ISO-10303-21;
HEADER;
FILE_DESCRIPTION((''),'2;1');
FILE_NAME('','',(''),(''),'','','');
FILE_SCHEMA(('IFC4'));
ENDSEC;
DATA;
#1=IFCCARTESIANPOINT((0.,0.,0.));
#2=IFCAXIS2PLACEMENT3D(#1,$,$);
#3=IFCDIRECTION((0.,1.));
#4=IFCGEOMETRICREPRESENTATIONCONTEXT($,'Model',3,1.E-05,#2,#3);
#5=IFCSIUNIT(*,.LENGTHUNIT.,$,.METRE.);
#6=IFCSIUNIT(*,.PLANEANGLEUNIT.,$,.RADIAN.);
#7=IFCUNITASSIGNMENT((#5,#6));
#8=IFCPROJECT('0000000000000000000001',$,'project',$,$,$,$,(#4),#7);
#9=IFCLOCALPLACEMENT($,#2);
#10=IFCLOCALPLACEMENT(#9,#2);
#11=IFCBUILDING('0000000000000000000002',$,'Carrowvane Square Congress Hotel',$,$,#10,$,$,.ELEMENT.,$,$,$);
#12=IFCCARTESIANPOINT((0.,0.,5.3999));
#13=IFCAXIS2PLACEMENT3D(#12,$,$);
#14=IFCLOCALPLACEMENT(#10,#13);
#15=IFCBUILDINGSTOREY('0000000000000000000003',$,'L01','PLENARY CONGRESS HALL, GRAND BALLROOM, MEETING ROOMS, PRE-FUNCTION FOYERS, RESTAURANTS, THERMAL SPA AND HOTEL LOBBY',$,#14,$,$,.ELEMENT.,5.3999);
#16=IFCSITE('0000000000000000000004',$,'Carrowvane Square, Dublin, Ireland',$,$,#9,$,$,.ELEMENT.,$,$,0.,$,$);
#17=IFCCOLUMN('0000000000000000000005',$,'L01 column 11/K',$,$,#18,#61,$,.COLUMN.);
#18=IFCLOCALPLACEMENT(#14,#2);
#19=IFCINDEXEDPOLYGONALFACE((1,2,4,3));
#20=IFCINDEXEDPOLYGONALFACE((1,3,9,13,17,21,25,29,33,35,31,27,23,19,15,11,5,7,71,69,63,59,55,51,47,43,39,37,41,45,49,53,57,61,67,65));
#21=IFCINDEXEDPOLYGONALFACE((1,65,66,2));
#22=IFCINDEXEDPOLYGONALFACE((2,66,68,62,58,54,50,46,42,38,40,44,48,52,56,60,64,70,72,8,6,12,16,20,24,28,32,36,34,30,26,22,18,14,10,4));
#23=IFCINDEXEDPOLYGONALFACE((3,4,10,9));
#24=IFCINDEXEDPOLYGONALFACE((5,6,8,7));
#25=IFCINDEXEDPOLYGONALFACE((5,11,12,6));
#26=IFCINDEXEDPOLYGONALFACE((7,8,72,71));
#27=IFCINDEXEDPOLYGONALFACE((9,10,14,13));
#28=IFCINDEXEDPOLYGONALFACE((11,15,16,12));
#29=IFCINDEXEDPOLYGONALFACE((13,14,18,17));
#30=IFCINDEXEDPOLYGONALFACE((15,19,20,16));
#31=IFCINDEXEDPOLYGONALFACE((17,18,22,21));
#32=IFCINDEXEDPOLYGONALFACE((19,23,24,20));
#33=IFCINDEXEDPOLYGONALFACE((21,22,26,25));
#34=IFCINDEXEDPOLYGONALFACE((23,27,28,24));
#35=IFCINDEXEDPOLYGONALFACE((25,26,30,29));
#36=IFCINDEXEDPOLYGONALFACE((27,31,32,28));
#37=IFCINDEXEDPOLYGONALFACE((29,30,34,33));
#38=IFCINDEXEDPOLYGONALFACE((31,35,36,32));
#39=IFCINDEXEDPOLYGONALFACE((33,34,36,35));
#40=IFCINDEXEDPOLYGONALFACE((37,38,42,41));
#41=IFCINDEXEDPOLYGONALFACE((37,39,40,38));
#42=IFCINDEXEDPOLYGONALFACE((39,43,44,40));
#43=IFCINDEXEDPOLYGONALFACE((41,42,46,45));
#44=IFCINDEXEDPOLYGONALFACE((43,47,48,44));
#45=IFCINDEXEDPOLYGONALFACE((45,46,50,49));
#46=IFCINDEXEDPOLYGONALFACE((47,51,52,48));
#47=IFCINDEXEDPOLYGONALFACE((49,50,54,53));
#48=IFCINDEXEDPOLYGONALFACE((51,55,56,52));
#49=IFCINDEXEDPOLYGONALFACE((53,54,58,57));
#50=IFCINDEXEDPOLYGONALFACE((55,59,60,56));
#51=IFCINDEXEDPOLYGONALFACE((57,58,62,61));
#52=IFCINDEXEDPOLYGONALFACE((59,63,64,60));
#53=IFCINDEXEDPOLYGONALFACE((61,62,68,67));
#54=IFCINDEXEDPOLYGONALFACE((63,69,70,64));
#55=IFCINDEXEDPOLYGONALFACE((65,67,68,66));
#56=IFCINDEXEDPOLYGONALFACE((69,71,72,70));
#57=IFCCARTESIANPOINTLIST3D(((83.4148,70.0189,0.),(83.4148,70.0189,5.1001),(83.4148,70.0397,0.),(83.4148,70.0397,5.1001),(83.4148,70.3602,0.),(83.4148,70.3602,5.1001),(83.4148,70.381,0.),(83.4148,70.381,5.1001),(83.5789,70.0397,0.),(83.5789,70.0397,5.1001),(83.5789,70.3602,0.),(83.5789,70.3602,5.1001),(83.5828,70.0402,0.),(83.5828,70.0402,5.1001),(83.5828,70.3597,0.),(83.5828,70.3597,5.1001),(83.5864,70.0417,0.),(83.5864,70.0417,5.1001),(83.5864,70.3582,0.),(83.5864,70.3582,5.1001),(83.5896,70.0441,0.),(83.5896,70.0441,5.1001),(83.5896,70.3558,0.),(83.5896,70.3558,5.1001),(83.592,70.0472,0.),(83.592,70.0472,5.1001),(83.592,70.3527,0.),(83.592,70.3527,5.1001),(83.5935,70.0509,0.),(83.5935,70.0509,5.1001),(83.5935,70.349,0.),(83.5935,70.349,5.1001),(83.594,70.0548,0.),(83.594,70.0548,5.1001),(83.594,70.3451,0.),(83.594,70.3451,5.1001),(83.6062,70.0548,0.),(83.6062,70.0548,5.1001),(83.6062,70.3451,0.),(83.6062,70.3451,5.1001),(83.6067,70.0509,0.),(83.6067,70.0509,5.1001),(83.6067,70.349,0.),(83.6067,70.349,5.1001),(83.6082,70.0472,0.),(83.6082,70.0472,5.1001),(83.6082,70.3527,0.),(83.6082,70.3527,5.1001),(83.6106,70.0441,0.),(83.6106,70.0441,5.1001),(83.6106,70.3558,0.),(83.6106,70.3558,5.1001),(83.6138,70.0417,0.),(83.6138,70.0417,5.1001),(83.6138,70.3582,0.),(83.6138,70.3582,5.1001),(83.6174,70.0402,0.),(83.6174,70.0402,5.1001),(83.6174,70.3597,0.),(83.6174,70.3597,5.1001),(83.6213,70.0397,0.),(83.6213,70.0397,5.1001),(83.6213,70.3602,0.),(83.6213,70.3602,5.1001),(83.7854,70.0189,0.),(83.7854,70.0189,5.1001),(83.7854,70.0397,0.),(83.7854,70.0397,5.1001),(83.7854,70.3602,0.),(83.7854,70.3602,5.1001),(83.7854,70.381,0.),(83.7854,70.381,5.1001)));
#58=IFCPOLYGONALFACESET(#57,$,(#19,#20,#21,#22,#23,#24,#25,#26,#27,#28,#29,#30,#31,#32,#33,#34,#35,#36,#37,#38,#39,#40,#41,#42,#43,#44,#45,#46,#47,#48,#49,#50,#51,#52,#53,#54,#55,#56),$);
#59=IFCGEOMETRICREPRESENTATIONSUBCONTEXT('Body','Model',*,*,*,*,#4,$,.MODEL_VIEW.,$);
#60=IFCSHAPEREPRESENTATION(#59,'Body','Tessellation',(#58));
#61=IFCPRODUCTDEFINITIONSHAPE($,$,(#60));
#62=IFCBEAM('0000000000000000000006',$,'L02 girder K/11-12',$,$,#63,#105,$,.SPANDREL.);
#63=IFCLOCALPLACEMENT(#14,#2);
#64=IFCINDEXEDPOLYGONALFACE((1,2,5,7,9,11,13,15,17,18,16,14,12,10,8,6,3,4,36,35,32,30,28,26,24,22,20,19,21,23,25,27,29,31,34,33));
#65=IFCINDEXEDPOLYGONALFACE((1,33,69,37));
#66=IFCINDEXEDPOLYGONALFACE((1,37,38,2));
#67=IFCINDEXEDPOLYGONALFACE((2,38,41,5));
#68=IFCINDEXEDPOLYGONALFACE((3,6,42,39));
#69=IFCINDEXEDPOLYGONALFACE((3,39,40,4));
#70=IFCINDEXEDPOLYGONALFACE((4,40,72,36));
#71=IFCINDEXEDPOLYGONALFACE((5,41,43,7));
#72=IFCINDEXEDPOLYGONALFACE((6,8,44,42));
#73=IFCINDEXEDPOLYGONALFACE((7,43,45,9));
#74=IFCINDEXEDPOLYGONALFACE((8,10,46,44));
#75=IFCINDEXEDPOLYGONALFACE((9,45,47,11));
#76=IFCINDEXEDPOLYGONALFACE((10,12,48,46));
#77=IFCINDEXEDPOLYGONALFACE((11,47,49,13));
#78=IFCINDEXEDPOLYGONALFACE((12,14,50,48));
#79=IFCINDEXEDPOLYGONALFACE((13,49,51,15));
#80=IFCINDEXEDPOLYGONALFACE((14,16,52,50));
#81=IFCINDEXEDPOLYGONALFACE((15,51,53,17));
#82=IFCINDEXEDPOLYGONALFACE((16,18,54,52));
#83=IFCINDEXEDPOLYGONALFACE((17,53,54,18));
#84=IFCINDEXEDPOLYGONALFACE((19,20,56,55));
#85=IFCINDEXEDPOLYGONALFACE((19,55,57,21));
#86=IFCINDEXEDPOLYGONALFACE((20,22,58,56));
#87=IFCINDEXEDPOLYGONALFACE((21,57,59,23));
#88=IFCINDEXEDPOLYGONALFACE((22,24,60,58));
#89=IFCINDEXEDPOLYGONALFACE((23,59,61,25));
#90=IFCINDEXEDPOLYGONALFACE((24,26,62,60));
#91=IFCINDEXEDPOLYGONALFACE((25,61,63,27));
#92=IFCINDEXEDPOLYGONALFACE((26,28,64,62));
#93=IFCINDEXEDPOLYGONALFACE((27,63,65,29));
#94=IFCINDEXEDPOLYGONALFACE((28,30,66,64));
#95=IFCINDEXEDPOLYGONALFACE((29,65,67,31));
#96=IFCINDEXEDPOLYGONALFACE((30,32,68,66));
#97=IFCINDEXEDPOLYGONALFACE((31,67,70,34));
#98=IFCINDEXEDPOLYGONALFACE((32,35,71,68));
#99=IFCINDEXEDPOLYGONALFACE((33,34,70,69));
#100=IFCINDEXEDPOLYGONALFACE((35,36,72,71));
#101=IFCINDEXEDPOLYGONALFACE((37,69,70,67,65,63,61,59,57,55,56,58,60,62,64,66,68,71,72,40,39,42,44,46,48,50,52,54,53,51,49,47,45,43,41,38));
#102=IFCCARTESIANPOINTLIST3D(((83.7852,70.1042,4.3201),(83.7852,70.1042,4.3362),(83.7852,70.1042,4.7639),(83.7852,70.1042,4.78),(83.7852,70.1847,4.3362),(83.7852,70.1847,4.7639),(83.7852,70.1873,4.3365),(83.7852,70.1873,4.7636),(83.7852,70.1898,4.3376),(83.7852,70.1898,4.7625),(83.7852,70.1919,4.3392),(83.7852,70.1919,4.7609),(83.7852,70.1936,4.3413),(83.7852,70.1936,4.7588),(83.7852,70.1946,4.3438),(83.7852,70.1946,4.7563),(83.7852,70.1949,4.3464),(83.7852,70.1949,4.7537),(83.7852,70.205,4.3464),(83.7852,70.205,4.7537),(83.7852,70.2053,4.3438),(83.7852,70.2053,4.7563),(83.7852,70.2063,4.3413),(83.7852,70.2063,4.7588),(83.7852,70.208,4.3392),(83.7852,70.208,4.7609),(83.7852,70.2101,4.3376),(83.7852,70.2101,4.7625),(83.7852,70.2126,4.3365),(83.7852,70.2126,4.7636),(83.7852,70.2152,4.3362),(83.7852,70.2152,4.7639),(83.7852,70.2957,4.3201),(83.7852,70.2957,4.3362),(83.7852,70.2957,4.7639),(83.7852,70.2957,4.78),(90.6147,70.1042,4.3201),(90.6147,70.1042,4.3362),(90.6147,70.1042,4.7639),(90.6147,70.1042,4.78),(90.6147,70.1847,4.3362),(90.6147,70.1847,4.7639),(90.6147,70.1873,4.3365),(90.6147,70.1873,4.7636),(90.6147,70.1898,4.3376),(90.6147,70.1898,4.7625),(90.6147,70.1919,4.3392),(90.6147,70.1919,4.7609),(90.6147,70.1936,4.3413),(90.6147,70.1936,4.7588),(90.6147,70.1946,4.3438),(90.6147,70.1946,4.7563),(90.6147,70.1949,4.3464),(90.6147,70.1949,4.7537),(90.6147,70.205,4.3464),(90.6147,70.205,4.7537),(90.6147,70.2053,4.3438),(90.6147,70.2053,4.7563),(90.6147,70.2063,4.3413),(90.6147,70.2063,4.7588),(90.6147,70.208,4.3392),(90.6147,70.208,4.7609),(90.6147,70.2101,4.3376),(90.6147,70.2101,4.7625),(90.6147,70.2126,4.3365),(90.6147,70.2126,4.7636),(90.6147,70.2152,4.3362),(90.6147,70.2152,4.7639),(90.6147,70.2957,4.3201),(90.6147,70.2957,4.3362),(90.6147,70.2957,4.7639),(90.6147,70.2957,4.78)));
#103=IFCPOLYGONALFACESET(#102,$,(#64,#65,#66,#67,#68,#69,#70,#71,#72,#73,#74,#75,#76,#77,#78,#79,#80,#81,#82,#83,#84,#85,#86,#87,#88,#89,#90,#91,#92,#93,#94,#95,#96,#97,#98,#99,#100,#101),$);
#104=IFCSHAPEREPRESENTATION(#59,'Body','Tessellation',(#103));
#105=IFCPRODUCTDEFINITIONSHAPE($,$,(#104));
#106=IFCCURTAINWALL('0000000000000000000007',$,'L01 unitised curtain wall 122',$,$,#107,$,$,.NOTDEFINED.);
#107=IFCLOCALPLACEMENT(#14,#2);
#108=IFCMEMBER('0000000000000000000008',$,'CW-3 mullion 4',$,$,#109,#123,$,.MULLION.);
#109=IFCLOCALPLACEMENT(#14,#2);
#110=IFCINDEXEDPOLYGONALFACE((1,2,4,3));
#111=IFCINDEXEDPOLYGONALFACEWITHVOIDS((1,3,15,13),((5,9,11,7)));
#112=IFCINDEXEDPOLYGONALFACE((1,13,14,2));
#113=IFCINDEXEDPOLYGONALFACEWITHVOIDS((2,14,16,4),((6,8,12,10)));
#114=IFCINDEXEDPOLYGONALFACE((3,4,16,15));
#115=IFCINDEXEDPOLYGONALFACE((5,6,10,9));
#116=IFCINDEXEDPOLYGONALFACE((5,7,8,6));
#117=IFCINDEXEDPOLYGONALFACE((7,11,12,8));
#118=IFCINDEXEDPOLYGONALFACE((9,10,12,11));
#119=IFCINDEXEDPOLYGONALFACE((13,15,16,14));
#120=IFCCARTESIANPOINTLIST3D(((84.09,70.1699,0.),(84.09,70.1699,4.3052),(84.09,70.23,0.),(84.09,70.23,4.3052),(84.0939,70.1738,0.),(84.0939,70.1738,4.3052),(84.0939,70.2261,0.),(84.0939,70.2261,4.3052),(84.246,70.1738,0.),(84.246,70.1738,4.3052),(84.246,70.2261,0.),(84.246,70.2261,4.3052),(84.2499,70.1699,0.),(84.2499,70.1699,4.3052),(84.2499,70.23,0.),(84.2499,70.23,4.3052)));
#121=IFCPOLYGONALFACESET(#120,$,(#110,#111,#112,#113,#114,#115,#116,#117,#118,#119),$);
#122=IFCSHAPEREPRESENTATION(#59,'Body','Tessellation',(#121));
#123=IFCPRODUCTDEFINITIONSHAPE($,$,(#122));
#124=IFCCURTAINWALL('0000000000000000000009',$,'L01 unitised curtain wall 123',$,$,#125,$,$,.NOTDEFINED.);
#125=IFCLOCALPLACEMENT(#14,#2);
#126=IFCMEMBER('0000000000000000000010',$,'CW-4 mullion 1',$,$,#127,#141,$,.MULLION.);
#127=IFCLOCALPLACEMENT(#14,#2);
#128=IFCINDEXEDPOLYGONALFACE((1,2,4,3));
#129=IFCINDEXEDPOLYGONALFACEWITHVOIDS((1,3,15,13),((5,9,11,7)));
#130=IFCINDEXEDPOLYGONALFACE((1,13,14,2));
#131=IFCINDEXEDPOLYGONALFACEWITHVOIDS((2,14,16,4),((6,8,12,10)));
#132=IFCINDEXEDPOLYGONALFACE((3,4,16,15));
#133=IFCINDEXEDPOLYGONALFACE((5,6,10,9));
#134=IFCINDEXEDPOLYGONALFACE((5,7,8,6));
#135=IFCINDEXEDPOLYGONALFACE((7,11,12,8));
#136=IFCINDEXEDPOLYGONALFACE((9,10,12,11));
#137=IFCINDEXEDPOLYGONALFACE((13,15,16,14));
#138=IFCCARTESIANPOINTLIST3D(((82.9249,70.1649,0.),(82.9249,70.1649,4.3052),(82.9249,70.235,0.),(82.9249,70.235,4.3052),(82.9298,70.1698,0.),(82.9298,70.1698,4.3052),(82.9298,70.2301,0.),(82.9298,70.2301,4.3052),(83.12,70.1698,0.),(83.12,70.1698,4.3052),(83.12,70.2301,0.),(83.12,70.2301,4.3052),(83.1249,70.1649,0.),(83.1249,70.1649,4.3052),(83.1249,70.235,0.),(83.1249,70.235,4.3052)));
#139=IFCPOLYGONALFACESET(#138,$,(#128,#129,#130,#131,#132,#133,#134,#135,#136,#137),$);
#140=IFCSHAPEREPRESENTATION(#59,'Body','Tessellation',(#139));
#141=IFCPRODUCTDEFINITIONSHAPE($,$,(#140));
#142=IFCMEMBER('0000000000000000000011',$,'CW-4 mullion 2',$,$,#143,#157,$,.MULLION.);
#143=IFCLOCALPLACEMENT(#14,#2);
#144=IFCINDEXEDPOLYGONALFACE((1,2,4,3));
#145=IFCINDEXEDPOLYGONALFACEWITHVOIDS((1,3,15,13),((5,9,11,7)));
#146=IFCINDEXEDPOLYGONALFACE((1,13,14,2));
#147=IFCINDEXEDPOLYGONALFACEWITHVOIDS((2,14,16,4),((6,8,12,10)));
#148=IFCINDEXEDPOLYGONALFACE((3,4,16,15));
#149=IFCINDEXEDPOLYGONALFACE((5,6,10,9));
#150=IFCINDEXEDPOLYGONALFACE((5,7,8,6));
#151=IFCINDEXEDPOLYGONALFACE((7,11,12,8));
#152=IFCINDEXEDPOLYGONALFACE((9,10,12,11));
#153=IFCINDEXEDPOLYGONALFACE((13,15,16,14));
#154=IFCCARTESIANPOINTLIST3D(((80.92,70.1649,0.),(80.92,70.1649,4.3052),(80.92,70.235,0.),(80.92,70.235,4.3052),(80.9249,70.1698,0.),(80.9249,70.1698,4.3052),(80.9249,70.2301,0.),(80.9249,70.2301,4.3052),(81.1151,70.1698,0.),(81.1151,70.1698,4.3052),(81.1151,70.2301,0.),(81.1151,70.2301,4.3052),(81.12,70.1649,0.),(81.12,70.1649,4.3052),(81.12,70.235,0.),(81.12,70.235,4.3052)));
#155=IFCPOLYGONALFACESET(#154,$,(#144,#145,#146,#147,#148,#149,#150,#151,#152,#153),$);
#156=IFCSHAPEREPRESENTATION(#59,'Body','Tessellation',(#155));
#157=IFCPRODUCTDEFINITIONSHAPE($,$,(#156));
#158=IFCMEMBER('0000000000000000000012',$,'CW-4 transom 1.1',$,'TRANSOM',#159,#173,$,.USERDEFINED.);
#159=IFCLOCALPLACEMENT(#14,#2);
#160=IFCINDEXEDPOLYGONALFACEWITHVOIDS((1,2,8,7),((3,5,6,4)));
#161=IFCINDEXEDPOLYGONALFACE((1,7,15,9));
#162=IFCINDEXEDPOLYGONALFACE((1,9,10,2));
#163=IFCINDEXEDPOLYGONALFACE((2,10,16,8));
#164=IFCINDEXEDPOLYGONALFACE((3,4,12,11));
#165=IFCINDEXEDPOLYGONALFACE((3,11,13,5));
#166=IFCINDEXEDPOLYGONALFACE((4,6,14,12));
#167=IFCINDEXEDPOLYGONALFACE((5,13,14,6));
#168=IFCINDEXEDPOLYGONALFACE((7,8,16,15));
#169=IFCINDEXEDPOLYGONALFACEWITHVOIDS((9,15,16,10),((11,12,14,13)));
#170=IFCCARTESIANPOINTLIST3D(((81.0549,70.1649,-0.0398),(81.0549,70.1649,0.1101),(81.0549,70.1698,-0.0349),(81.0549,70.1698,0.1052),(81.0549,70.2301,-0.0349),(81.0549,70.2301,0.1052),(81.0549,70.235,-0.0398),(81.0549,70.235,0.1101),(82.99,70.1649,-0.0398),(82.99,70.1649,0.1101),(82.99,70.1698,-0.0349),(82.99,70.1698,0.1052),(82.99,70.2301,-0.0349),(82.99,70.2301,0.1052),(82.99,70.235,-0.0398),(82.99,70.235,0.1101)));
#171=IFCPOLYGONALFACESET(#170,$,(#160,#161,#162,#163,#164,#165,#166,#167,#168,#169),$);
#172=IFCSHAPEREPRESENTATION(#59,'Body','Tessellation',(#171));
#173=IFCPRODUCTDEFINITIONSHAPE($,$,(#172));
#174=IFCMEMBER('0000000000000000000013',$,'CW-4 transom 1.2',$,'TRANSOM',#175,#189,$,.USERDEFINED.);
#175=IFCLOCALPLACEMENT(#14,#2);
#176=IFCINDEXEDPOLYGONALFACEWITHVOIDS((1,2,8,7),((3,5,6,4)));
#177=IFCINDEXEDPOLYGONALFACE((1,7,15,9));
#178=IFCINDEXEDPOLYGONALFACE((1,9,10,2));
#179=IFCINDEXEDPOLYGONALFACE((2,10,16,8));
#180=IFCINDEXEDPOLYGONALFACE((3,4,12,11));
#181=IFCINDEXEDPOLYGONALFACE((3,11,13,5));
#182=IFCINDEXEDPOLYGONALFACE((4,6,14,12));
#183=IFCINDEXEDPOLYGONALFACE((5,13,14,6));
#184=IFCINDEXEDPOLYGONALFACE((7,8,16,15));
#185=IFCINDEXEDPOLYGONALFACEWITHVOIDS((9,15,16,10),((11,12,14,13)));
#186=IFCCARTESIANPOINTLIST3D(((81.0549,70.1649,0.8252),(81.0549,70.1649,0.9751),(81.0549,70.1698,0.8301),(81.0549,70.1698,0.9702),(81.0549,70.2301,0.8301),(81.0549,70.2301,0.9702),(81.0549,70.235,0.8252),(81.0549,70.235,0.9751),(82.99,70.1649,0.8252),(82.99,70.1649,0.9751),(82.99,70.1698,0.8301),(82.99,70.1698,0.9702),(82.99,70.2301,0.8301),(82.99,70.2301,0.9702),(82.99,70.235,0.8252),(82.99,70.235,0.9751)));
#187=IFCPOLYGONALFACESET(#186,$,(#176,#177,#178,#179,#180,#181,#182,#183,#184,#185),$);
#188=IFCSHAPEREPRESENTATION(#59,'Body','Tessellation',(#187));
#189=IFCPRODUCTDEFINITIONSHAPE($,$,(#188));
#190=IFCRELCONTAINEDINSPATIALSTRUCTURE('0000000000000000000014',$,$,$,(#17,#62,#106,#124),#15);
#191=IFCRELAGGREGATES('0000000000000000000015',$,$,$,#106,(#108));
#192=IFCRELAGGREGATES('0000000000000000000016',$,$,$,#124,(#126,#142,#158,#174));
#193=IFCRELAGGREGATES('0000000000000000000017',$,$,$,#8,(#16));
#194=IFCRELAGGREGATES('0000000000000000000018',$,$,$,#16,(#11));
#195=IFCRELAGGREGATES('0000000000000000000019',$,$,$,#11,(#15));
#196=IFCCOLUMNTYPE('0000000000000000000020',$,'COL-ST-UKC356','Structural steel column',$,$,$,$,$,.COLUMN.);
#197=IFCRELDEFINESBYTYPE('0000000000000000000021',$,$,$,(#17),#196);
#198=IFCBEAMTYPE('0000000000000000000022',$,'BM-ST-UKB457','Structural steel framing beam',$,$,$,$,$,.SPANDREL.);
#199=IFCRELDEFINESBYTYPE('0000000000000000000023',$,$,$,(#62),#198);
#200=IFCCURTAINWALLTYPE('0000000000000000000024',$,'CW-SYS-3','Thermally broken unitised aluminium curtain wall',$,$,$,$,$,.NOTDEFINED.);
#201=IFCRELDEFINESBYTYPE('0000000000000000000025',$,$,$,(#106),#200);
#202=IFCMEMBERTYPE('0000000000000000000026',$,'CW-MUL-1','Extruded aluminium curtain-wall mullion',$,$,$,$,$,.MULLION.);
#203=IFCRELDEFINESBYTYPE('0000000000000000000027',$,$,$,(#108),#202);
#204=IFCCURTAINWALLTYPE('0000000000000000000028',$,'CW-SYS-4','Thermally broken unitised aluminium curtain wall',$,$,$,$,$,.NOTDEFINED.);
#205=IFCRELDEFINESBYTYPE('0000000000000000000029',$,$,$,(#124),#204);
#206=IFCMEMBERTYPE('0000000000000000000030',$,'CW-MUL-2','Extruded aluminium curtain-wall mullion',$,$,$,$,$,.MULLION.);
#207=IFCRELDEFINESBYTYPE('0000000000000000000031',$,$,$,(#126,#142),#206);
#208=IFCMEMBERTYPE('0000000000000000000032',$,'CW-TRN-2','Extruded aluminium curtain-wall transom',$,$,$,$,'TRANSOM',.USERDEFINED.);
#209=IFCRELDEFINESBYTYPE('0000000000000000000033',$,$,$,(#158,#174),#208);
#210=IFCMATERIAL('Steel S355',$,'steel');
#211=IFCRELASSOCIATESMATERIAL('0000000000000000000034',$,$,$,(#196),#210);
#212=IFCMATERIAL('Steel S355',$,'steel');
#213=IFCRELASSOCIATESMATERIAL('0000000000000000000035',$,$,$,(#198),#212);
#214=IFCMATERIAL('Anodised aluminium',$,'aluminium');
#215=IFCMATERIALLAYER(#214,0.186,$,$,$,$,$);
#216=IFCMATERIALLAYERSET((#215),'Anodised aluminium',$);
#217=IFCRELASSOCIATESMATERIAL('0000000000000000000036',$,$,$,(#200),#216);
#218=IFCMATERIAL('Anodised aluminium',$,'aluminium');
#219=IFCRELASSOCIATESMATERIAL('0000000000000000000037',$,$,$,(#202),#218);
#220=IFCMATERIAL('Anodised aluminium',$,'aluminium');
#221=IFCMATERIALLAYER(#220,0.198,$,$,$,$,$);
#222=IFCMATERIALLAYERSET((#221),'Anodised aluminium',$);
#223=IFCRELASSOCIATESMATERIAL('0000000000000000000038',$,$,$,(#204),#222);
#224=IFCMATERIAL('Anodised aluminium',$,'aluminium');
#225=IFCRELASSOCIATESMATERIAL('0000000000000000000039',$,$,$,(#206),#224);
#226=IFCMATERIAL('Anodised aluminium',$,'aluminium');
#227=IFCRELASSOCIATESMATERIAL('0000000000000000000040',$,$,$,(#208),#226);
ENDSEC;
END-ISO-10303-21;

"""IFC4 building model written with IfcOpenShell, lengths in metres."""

from ifc_helpers import new_model, si_unit, direction, frame, origin, origin_2d, place, context, subcontext, project, spatial, hollow_rectangle, i_section, extrude, material, layer, layer_set, material_profile, profile_set, type_object, element, aggregate, save


model = new_model("IFC4")

# Units and contexts
model_context = context("Model", 3, precision=1e-05, world=origin(), true_north=direction((0.0, 1.0)))
body_context = subcontext(model_context, "Body", "Model", "MODEL_VIEW")
ifc_project = project(units=[si_unit("LENGTHUNIT", "METRE"), si_unit("PLANEANGLEUNIT", "RADIAN")], contexts=[model_context])

# Site, building, storey
site_placement = place(None, origin())
site = spatial("IfcSite", under=ifc_project, at=site_placement, Name="Carrowvane Square, Dublin, Ireland", CompositionType="ELEMENT", RefElevation=0.0)
building_placement = place(site_placement, origin())
building = spatial("IfcBuilding", under=site, at=building_placement, Name="Carrowvane Square Congress Hotel", CompositionType="ELEMENT")
storey_placement = place(building_placement, frame((0.0, 0.0, 5.3999)))
storey = spatial("IfcBuildingStorey", under=building, at=storey_placement, Name="L01", Description="PLENARY CONGRESS HALL, GRAND BALLROOM, MEETING ROOMS, PRE-FUNCTION FOYERS, RESTAURANTS, THERMAL SPA AND HOTEL LOBBY", CompositionType="ELEMENT", Elevation=5.3999)

# Column
ifc_material_1 = material(Name="Steel S355", Category="steel")
ifc_material_profile_1 = material_profile(ifc_material_1, i_section(OverallWidth=0.3706, OverallDepth=0.3621, WebThickness=0.0122, FlangeThickness=0.0208, FilletRadius=0.0151, at=origin_2d()), Name="UKC 356x368x153")
ifc_profile_set_1 = profile_set([ifc_material_profile_1], Name="Steel S355")
column_type = type_object("IfcColumnType", Name="COL-ST-UKC356", Description="Structural steel column", PredefinedType="COLUMN", material=ifc_profile_set_1)
column_placement = place(storey_placement, frame((83.6001, 70.2, 0.0), z_axis=(0.0, 0.0, 1.0), x_axis=(1.0, 0.0, 0.0)))
element("IfcColumn", 1, at=column_placement, inside=storey, type_object=column_type, Name="L01 column 11/K", PredefinedType="COLUMN", context=body_context, shape_type="SweptSolid", body=[
    extrude(i_section(OverallWidth=0.3706, OverallDepth=0.3621, WebThickness=0.0122, FlangeThickness=0.0208, FilletRadius=0.0151, at=origin_2d()), origin(), (0.0, 0.0, 1.0), 5.1001),
])

# Beam
ifc_material_2 = material(Name="Steel S355", Category="steel")
ifc_material_profile_2 = material_profile(ifc_material_2, i_section(OverallWidth=0.1914, OverallDepth=0.46, WebThickness=0.01, FlangeThickness=0.0161, FilletRadius=0.0103, at=origin_2d()), Name="UKB 457x191x82")
ifc_profile_set_2 = profile_set([ifc_material_profile_2], Name="Steel S355")
beam_type = type_object("IfcBeamType", Name="BM-ST-UKB457", Description="Structural steel framing beam", PredefinedType="SPANDREL", material=ifc_profile_set_2)
beam_placement = place(storey_placement, frame((83.7852, 70.2, 4.55), z_axis=(1.0, 0.0, 0.0), x_axis=(0.0, 1.0, 0.0)))
element("IfcBeam", 2, at=beam_placement, inside=storey, type_object=beam_type, Name="L02 girder K/11-12", PredefinedType="SPANDREL", context=body_context, shape_type="SweptSolid", body=[
    extrude(i_section(OverallWidth=0.1914, OverallDepth=0.46, WebThickness=0.01, FlangeThickness=0.0161, FilletRadius=0.0103, at=origin_2d()), origin(), (0.0, 0.0, 1.0), 6.8296),
])

# Curtain wall, member
ifc_material_3 = material(Name="Anodised aluminium", Category="aluminium")
ifc_layer_1 = layer(ifc_material_3, 0.186)
ifc_layer_set_1 = layer_set([ifc_layer_1], Name="Anodised aluminium")
curtain_wall_type_1 = type_object("IfcCurtainWallType", Name="CW-SYS-3", Description="Thermally broken unitised aluminium curtain wall", PredefinedType="NOTDEFINED", material=ifc_layer_set_1)
curtain_wall_1_placement = place(storey_placement, origin())
curtain_wall_1 = element("IfcCurtainWall", 3, at=curtain_wall_1_placement, inside=storey, type_object=curtain_wall_type_1, Name="L01 unitised curtain wall 122", PredefinedType="NOTDEFINED")
ifc_material_4 = material(Name="Anodised aluminium", Category="aluminium")
ifc_material_profile_3 = material_profile(ifc_material_4, hollow_rectangle(XDim=0.0601, YDim=0.1599, WallThickness=0.0039, at=origin_2d()), Name="CW-ML 60x160x4")
ifc_profile_set_3 = profile_set([ifc_material_profile_3], Name="Anodised aluminium")
member_type_1 = type_object("IfcMemberType", Name="CW-MUL-1", Description="Extruded aluminium curtain-wall mullion", PredefinedType="MULLION", material=ifc_profile_set_3)
member_1_placement = place(storey_placement, frame((84.1699, 70.2, 0.0), z_axis=(0.0, 0.0, 1.0), x_axis=(0.0, -1.0, 0.0)))
member_1 = element("IfcMember", 4, at=member_1_placement, type_object=member_type_1, Name="CW-3 mullion 4", PredefinedType="MULLION", context=body_context, shape_type="SweptSolid", body=[
    extrude(hollow_rectangle(XDim=0.0601, YDim=0.1599, WallThickness=0.0039, at=origin_2d()), origin(), (0.0, 0.0, 1.0), 4.3052),
])

# Curtain wall, members
ifc_material_5 = material(Name="Anodised aluminium", Category="aluminium")
ifc_layer_2 = layer(ifc_material_5, 0.198)
ifc_layer_set_2 = layer_set([ifc_layer_2], Name="Anodised aluminium")
curtain_wall_type_2 = type_object("IfcCurtainWallType", Name="CW-SYS-4", Description="Thermally broken unitised aluminium curtain wall", PredefinedType="NOTDEFINED", material=ifc_layer_set_2)
curtain_wall_2_placement = place(storey_placement, origin())
curtain_wall_2 = element("IfcCurtainWall", 5, at=curtain_wall_2_placement, inside=storey, type_object=curtain_wall_type_2, Name="L01 unitised curtain wall 123", PredefinedType="NOTDEFINED")
ifc_material_6 = material(Name="Anodised aluminium", Category="aluminium")
ifc_material_profile_4 = material_profile(ifc_material_6, hollow_rectangle(XDim=0.0701, YDim=0.2, WallThickness=0.0049, at=origin_2d()), Name="CW-ML 70x200x5")
ifc_profile_set_4 = profile_set([ifc_material_profile_4], Name="Anodised aluminium")
member_type_2 = type_object("IfcMemberType", Name="CW-MUL-2", Description="Extruded aluminium curtain-wall mullion", PredefinedType="MULLION", material=ifc_profile_set_4)
member_2_placement = place(storey_placement, frame((83.0249, 70.2, 0.0), z_axis=(0.0, 0.0, 1.0), x_axis=(0.0, -1.0, 0.0)))
member_2 = element("IfcMember", 6, at=member_2_placement, type_object=member_type_2, Name="CW-4 mullion 1", PredefinedType="MULLION", context=body_context, shape_type="SweptSolid", body=[
    extrude(hollow_rectangle(XDim=0.0701, YDim=0.2, WallThickness=0.0049, at=origin_2d()), origin(), (0.0, 0.0, 1.0), 4.3052),
])
member_3_placement = place(storey_placement, frame((81.02, 70.2, 0.0), z_axis=(0.0, 0.0, 1.0), x_axis=(0.0, -1.0, 0.0)))
member_3 = element("IfcMember", 7, at=member_3_placement, type_object=member_type_2, Name="CW-4 mullion 2", PredefinedType="MULLION", context=body_context, shape_type="SweptSolid", body=[
    extrude(hollow_rectangle(XDim=0.0701, YDim=0.2, WallThickness=0.0049, at=origin_2d()), origin(), (0.0, 0.0, 1.0), 4.3052),
])
ifc_material_7 = material(Name="Anodised aluminium", Category="aluminium")
ifc_material_profile_5 = material_profile(ifc_material_7, hollow_rectangle(XDim=0.0701, YDim=0.1499, WallThickness=0.0049, at=origin_2d()), Name="CW-TR 70x150x5")
ifc_profile_set_5 = profile_set([ifc_material_profile_5], Name="Anodised aluminium")
member_type_3 = type_object("IfcMemberType", Name="CW-TRN-2", Description="Extruded aluminium curtain-wall transom", ElementType="TRANSOM", PredefinedType="USERDEFINED", material=ifc_profile_set_5)
member_4_placement = place(storey_placement, frame((82.99, 70.2, 0.0352), z_axis=(-1.0, 0.0, 0.0), x_axis=(0.0, -1.0, 0.0)))
member_4 = element("IfcMember", 8, at=member_4_placement, type_object=member_type_3, Name="CW-4 transom 1.1", ObjectType="TRANSOM", PredefinedType="USERDEFINED", context=body_context, shape_type="SweptSolid", body=[
    extrude(hollow_rectangle(XDim=0.0701, YDim=0.1499, WallThickness=0.0049, at=origin_2d()), origin(), (0.0, 0.0, 1.0), 1.9351),
])
member_5_placement = place(storey_placement, frame((82.99, 70.2, 0.9001), z_axis=(-1.0, 0.0, 0.0), x_axis=(0.0, -1.0, 0.0)))
member_5 = element("IfcMember", 9, at=member_5_placement, type_object=member_type_3, Name="CW-4 transom 1.2", ObjectType="TRANSOM", PredefinedType="USERDEFINED", context=body_context, shape_type="SweptSolid", body=[
    extrude(hollow_rectangle(XDim=0.0701, YDim=0.1499, WallThickness=0.0049, at=origin_2d()), origin(), (0.0, 0.0, 1.0), 1.9351),
])

aggregate(curtain_wall_1, [member_1])
aggregate(curtain_wall_2, [member_2, member_3, member_4, member_5])

save(model, "model.ifc")
